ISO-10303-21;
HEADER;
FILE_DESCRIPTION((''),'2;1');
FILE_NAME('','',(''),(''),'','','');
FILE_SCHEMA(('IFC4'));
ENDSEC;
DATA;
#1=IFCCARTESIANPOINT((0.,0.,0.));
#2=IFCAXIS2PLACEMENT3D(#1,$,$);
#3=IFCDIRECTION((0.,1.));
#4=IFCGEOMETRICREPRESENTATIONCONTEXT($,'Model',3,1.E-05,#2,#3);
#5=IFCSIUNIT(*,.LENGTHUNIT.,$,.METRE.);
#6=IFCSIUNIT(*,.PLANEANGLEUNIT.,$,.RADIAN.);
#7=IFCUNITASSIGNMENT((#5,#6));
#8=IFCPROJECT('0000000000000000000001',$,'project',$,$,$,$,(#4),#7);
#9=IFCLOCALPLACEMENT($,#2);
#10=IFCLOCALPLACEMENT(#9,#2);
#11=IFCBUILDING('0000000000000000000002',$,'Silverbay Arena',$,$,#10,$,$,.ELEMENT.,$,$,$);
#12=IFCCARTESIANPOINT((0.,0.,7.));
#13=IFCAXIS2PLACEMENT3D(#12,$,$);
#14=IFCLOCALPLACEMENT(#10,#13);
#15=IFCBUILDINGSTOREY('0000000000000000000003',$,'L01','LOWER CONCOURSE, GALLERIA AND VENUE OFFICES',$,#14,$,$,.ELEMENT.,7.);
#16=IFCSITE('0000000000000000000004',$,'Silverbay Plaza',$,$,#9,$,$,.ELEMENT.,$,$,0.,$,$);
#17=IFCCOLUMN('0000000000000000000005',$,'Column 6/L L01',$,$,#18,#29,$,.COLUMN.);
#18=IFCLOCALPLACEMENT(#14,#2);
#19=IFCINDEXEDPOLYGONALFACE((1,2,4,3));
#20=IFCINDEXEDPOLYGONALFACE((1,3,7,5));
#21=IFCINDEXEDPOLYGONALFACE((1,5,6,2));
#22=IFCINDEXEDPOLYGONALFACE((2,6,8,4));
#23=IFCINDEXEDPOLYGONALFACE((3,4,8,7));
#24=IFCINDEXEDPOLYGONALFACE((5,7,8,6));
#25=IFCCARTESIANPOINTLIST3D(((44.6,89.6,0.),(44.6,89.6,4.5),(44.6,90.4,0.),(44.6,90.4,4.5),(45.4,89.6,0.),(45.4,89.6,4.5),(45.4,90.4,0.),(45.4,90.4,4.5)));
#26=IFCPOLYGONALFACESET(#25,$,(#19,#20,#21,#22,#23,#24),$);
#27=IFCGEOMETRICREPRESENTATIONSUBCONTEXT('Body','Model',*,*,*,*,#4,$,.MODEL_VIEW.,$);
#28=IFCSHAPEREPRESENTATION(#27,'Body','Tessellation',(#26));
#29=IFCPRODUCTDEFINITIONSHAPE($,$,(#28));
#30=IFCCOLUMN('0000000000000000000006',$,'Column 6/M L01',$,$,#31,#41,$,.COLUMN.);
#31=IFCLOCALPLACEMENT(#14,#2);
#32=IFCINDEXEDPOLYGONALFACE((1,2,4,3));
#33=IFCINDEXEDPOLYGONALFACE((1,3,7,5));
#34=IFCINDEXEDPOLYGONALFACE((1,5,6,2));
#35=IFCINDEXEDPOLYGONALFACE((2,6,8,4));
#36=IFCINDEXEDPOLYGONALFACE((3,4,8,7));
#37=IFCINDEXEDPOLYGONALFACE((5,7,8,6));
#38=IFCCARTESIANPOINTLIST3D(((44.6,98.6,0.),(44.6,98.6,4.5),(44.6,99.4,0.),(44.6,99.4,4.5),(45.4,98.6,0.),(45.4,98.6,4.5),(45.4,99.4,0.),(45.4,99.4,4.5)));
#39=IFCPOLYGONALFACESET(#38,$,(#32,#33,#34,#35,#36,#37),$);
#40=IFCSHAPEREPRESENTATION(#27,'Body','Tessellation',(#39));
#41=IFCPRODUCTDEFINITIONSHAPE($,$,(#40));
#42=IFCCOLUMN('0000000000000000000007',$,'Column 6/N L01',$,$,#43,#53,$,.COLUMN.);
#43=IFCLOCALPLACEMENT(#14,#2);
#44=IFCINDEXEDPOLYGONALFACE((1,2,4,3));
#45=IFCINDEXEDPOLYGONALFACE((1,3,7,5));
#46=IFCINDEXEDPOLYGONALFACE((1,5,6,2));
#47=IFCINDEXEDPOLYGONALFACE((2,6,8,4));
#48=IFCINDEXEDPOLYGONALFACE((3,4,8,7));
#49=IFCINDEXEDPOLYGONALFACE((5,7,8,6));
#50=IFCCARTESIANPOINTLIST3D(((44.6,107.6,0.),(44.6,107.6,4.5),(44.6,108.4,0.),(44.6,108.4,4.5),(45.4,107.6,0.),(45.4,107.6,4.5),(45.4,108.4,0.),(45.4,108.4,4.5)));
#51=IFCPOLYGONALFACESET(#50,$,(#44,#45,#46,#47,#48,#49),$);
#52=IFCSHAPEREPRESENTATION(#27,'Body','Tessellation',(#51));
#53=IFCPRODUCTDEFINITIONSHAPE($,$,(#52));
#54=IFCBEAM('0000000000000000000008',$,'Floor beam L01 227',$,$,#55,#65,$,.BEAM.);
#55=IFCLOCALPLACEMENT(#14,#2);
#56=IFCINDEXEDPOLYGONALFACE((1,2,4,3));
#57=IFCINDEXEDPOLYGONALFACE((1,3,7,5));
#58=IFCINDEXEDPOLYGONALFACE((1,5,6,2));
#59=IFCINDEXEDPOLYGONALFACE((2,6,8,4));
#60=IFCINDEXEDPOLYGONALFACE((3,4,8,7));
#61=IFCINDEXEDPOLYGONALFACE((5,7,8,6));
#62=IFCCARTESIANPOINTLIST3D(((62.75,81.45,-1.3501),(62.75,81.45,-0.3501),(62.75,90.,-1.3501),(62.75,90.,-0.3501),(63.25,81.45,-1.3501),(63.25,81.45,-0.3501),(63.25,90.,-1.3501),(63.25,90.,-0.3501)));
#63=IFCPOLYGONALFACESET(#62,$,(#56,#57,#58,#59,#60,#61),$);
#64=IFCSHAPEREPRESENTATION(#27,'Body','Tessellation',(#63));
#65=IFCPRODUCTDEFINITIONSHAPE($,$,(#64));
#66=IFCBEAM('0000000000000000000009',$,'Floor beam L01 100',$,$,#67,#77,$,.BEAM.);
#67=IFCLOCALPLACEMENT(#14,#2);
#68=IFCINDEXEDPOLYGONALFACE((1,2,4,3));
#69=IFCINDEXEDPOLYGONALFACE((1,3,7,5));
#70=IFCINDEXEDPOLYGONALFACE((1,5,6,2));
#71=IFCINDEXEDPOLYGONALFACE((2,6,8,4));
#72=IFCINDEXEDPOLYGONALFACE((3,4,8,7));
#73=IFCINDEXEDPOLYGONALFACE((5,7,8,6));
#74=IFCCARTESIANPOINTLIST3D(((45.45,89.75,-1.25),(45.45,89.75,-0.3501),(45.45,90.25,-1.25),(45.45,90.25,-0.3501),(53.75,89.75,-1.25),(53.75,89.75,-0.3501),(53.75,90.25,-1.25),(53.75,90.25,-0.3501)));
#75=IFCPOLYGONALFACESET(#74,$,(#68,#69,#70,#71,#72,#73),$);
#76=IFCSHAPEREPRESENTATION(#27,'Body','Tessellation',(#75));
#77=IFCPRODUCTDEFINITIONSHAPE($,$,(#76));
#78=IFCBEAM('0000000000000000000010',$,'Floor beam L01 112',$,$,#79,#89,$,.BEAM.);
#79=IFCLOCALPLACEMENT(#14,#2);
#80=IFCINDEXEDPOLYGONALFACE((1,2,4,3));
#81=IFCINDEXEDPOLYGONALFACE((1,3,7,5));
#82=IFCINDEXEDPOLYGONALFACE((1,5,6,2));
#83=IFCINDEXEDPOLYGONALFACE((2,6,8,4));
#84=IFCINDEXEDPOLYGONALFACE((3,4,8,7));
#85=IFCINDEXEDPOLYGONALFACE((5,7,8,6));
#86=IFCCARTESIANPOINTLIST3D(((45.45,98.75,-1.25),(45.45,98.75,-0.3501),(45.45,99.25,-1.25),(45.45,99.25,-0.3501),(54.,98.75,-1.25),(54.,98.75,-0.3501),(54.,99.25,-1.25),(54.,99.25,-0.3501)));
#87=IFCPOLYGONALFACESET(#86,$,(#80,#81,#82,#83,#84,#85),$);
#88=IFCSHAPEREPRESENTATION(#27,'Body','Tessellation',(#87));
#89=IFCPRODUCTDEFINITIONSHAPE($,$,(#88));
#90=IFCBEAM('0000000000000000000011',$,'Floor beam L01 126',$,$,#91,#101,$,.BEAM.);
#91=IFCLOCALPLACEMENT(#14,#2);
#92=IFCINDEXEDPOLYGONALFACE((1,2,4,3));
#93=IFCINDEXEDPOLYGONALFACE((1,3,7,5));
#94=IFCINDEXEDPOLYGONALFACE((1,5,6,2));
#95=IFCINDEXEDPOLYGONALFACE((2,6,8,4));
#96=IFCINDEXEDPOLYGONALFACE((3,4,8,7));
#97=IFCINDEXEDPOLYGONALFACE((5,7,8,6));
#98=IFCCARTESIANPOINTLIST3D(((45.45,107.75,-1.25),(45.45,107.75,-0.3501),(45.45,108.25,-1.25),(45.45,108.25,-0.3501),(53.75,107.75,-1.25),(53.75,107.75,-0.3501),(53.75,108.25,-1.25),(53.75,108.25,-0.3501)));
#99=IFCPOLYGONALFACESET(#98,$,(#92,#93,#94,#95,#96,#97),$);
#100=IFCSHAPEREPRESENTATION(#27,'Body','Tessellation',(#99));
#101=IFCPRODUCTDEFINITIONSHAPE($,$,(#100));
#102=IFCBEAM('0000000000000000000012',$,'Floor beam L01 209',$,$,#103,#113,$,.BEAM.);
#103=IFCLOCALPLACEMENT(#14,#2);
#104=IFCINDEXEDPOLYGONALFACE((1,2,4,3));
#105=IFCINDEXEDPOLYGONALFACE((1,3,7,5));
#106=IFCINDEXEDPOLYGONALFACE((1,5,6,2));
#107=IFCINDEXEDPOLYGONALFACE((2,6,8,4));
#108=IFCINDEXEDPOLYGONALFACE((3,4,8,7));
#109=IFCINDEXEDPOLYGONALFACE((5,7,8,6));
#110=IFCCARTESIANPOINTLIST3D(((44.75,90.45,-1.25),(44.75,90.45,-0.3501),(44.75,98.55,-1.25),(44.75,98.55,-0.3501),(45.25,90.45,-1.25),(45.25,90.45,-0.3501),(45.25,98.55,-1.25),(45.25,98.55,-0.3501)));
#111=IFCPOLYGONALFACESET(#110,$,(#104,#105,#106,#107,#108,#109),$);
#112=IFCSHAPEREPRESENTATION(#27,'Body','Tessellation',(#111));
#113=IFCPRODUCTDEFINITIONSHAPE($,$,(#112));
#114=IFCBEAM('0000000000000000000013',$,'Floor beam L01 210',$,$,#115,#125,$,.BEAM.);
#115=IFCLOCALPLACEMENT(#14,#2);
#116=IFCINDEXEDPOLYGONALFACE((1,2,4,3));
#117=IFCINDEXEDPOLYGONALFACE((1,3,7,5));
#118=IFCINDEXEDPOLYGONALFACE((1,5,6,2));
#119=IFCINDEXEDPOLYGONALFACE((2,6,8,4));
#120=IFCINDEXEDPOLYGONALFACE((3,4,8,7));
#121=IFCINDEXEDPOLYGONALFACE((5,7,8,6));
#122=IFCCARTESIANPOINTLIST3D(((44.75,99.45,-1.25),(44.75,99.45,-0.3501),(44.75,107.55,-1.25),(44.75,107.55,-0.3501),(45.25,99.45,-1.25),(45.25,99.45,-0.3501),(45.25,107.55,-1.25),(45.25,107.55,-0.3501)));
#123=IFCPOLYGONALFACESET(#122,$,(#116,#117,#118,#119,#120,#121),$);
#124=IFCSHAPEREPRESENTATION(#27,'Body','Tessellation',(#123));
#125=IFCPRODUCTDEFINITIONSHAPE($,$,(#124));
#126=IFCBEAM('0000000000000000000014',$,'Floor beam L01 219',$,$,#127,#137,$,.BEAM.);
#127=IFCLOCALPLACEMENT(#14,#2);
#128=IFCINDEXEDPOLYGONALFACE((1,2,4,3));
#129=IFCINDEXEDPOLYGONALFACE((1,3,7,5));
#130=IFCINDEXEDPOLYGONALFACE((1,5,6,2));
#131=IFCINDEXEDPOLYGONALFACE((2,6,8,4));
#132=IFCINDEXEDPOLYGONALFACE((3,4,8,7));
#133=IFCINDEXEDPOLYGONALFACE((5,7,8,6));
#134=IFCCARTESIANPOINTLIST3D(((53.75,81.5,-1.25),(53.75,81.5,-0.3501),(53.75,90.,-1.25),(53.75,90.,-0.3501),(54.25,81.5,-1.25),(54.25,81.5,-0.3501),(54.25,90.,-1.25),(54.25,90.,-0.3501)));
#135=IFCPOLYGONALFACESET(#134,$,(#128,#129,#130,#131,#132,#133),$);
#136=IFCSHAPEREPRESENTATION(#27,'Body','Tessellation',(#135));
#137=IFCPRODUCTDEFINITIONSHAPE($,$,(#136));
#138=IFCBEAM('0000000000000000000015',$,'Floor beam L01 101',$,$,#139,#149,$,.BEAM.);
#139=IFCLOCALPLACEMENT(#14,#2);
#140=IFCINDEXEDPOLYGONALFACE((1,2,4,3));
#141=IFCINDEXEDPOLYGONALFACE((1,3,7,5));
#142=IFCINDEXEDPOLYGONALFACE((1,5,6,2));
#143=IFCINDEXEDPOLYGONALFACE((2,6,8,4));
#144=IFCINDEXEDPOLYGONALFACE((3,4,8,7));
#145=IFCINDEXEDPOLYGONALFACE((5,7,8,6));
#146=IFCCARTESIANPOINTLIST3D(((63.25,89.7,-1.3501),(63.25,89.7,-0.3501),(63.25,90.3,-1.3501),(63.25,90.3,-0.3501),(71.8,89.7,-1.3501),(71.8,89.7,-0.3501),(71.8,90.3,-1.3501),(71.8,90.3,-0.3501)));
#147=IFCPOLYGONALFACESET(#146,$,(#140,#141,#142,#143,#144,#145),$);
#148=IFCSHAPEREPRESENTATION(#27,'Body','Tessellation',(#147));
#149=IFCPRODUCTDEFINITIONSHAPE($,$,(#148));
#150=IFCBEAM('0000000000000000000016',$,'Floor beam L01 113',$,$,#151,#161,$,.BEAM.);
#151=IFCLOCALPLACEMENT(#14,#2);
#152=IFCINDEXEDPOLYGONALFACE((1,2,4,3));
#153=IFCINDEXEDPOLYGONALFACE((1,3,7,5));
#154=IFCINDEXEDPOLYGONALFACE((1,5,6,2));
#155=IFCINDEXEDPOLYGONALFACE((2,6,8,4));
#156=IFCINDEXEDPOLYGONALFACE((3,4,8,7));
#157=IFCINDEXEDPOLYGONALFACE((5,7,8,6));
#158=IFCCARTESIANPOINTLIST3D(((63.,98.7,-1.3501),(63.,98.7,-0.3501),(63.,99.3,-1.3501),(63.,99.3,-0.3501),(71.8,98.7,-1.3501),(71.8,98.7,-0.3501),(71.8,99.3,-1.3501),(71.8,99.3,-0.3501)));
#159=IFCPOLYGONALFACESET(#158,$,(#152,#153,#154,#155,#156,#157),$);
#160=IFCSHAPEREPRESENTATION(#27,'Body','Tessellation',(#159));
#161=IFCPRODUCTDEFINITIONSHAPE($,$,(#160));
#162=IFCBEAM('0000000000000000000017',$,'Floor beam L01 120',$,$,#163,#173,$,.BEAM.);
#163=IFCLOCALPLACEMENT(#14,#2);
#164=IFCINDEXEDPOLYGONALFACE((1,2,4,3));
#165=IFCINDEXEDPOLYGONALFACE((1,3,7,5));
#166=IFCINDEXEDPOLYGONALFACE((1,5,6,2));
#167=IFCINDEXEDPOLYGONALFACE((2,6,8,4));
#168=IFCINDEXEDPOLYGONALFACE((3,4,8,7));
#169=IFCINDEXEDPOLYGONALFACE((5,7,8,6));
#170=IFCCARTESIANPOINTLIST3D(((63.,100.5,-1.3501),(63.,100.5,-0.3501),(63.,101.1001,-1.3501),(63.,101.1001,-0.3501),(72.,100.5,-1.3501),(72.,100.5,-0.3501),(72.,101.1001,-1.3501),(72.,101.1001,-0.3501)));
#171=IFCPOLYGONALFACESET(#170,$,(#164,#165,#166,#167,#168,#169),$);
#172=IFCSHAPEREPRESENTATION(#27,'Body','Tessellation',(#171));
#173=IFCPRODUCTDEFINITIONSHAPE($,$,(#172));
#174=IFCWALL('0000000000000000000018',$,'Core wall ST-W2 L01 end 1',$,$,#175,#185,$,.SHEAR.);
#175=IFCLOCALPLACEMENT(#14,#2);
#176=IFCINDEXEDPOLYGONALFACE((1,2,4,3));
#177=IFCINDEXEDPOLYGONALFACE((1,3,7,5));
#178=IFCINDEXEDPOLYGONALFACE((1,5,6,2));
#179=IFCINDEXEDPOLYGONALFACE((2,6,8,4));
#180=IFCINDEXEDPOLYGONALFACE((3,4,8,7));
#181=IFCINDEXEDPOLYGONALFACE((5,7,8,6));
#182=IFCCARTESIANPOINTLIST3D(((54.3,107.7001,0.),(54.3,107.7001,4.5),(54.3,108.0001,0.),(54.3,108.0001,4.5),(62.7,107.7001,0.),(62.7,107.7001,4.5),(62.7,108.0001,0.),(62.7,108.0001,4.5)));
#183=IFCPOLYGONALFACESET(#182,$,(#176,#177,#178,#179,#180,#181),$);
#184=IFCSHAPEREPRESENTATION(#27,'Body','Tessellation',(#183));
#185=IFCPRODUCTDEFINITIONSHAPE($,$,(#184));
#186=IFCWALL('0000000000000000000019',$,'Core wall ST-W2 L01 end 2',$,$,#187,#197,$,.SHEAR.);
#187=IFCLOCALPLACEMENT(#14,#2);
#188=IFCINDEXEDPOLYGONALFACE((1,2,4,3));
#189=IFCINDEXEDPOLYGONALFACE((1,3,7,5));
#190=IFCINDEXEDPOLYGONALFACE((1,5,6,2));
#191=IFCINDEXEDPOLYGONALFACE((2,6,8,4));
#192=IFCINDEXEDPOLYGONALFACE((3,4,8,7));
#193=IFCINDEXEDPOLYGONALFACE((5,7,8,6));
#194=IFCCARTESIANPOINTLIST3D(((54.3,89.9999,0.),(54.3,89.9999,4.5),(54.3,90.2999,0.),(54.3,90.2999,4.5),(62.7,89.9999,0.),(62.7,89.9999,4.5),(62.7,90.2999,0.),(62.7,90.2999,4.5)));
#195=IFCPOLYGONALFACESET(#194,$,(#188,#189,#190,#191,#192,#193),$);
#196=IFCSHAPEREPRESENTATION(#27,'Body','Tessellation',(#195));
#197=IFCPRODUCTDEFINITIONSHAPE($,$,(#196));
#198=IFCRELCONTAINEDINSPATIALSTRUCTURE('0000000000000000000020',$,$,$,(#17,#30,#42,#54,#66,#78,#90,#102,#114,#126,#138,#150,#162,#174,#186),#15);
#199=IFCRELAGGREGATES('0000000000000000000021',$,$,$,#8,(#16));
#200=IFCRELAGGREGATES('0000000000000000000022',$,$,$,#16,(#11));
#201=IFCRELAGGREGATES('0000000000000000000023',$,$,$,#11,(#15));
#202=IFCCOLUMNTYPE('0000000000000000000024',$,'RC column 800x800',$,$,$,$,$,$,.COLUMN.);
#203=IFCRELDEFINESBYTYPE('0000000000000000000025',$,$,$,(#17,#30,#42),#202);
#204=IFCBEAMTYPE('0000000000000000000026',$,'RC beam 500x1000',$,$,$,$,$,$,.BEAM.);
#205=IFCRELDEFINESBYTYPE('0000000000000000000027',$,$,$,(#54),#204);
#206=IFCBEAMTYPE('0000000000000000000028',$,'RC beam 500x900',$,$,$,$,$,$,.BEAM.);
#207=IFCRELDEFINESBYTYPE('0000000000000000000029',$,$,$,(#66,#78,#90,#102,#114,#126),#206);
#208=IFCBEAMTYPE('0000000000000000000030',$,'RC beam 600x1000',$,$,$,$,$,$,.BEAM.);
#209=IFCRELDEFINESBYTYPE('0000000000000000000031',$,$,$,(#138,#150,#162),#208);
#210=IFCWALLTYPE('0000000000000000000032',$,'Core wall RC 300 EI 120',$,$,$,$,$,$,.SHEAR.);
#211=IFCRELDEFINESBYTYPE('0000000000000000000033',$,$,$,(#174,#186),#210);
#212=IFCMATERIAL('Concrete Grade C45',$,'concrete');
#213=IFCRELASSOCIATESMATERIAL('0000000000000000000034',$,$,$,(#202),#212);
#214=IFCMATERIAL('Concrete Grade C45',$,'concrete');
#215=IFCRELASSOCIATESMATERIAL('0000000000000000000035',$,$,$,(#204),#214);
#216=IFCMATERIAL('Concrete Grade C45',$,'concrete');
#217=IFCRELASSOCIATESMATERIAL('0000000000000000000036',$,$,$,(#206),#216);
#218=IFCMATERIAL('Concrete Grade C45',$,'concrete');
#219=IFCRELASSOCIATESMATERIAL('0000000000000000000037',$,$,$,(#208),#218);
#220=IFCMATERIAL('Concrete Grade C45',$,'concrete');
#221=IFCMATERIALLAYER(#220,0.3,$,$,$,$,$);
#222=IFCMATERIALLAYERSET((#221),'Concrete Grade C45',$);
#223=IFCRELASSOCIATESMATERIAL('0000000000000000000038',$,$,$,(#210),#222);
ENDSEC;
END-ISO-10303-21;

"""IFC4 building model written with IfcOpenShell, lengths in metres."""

from ifc_helpers import new_model, si_unit, direction, frame, frame_2d, origin, origin_2d, place, context, subcontext, project, spatial, rectangle, extrude, material, layer, layer_set, material_profile, profile_set, type_object, element, save


model = new_model("IFC4")

# Units and contexts
model_context = context("Model", 3, precision=1e-05, world=origin(), true_north=direction((0.0, 1.0)))
body_context = subcontext(model_context, "Body", "Model", "MODEL_VIEW")
ifc_project = project(units=[si_unit("LENGTHUNIT", "METRE"), si_unit("PLANEANGLEUNIT", "RADIAN")], contexts=[model_context])

# Site, building, storey
site_placement = place(None, origin())
site = spatial("IfcSite", under=ifc_project, at=site_placement, Name="Silverbay Plaza", CompositionType="ELEMENT", RefElevation=0.0)
building_placement = place(site_placement, origin())
building = spatial("IfcBuilding", under=site, at=building_placement, Name="Silverbay Arena", CompositionType="ELEMENT")
storey_placement = place(building_placement, frame((0.0, 0.0, 7.0)))
storey = spatial("IfcBuildingStorey", under=building, at=storey_placement, Name="L01", Description="LOWER CONCOURSE, GALLERIA AND VENUE OFFICES", CompositionType="ELEMENT", Elevation=7.0)

# Columns
ifc_material_1 = material(Name="Concrete Grade C45", Category="concrete")
ifc_material_profile_1 = material_profile(ifc_material_1, rectangle(XDim=0.8, YDim=0.8, at=origin_2d()), Name="RC 800x800")
ifc_profile_set_1 = profile_set([ifc_material_profile_1], Name="Concrete Grade C45")
column_type = type_object("IfcColumnType", Name="RC column 800x800", PredefinedType="COLUMN", material=ifc_profile_set_1)
for number, where, z_axis, x_axis, name in (
    (1, (45.0, 90.0, 0.0), (0.0, 0.0, 1.0), (1.0, 0.0, 0.0), "Column 6/L L01"),
    (2, (45.0, 99.0, 0.0), (0.0, 0.0, 1.0), (1.0, 0.0, 0.0), "Column 6/M L01"),
    (3, (45.0, 108.0, 0.0), (0.0, 0.0, 1.0), (1.0, 0.0, 0.0), "Column 6/N L01"),
):
    element("IfcColumn", number, at=place(storey_placement, frame(where, z_axis=z_axis, x_axis=x_axis)), inside=storey, type_object=column_type, Name=name, PredefinedType="COLUMN", context=body_context, shape_type="SweptSolid", body=[
        extrude(rectangle(XDim=0.8, YDim=0.8, at=origin_2d()), origin(), (0.0, 0.0, 1.0), 4.5),
    ])

# Beams
ifc_material_2 = material(Name="Concrete Grade C45", Category="concrete")
ifc_material_profile_2 = material_profile(ifc_material_2, rectangle(XDim=0.5, YDim=1.0, at=origin_2d()), Name="RC 500x1000")
ifc_profile_set_2 = profile_set([ifc_material_profile_2], Name="Concrete Grade C45")
beam_type_1 = type_object("IfcBeamType", Name="RC beam 500x1000", PredefinedType="BEAM", material=ifc_profile_set_2)
beam_1_placement = place(storey_placement, frame((63.0, 81.45, -0.8501), z_axis=(0.0, 1.0, 0.0), x_axis=(-1.0, 0.0, 0.0)))
element("IfcBeam", 4, at=beam_1_placement, inside=storey, type_object=beam_type_1, Name="Floor beam L01 227", PredefinedType="BEAM", context=body_context, shape_type="SweptSolid", body=[
    extrude(rectangle(XDim=0.5, YDim=1.0, at=origin_2d()), origin(), (0.0, 0.0, 1.0), 8.55),
])
ifc_material_3 = material(Name="Concrete Grade C45", Category="concrete")
ifc_material_profile_3 = material_profile(ifc_material_3, rectangle(XDim=0.5, YDim=0.8999, at=origin_2d()), Name="RC 500x900")
ifc_profile_set_3 = profile_set([ifc_material_profile_3], Name="Concrete Grade C45")
beam_type_2 = type_object("IfcBeamType", Name="RC beam 500x900", PredefinedType="BEAM", material=ifc_profile_set_3)
beam_2_placement = place(storey_placement, frame((45.45, 90.0, -0.8), z_axis=(1.0, 0.0, 0.0), x_axis=(0.0, 1.0, 0.0)))
element("IfcBeam", 5, at=beam_2_placement, inside=storey, type_object=beam_type_2, Name="Floor beam L01 100", PredefinedType="BEAM", context=body_context, shape_type="SweptSolid", body=[
    extrude(rectangle(XDim=0.5, YDim=0.8999, at=origin_2d()), origin(), (0.0, 0.0, 1.0), 8.3),
])
beam_3_placement = place(storey_placement, frame((45.45, 99.0, -0.8), z_axis=(1.0, 0.0, 0.0), x_axis=(0.0, 1.0, 0.0)))
element("IfcBeam", 6, at=beam_3_placement, inside=storey, type_object=beam_type_2, Name="Floor beam L01 112", PredefinedType="BEAM", context=body_context, shape_type="SweptSolid", body=[
    extrude(rectangle(XDim=0.5, YDim=0.8999, at=origin_2d()), origin(), (0.0, 0.0, 1.0), 8.55),
])
beam_4_placement = place(storey_placement, frame((45.45, 108.0, -0.8), z_axis=(1.0, 0.0, 0.0), x_axis=(0.0, 1.0, 0.0)))
element("IfcBeam", 7, at=beam_4_placement, inside=storey, type_object=beam_type_2, Name="Floor beam L01 126", PredefinedType="BEAM", context=body_context, shape_type="SweptSolid", body=[
    extrude(rectangle(XDim=0.5, YDim=0.8999, at=origin_2d()), origin(), (0.0, 0.0, 1.0), 8.3),
])
for number, where, z_axis, x_axis, name in (
    (8, (45.0, 90.45, -0.8), (0.0, 1.0, 0.0), (-1.0, 0.0, 0.0), "Floor beam L01 209"),
    (9, (45.0, 99.45, -0.8), (0.0, 1.0, 0.0), (-1.0, 0.0, 0.0), "Floor beam L01 210"),
):
    element("IfcBeam", number, at=place(storey_placement, frame(where, z_axis=z_axis, x_axis=x_axis)), inside=storey, type_object=beam_type_2, Name=name, PredefinedType="BEAM", context=body_context, shape_type="SweptSolid", body=[
        extrude(rectangle(XDim=0.5, YDim=0.8999, at=origin_2d()), origin(), (0.0, 0.0, 1.0), 8.1001),
    ])
beam_5_placement = place(storey_placement, frame((54.0, 81.5, -0.8), z_axis=(0.0, 1.0, 0.0), x_axis=(-1.0, 0.0, 0.0)))
element("IfcBeam", 10, at=beam_5_placement, inside=storey, type_object=beam_type_2, Name="Floor beam L01 219", PredefinedType="BEAM", context=body_context, shape_type="SweptSolid", body=[
    extrude(rectangle(XDim=0.5, YDim=0.8999, at=origin_2d()), origin(), (0.0, 0.0, 1.0), 8.5),
])
ifc_material_4 = material(Name="Concrete Grade C45", Category="concrete")
ifc_material_profile_4 = material_profile(ifc_material_4, rectangle(XDim=0.6001, YDim=1.0, at=origin_2d()), Name="RC 600x1000")
ifc_profile_set_4 = profile_set([ifc_material_profile_4], Name="Concrete Grade C45")
beam_type_3 = type_object("IfcBeamType", Name="RC beam 600x1000", PredefinedType="BEAM", material=ifc_profile_set_4)
beam_6_placement = place(storey_placement, frame((63.25, 90.0, -0.8501), z_axis=(1.0, 0.0, 0.0), x_axis=(0.0, 1.0, 0.0)))
element("IfcBeam", 11, at=beam_6_placement, inside=storey, type_object=beam_type_3, Name="Floor beam L01 101", PredefinedType="BEAM", context=body_context, shape_type="SweptSolid", body=[
    extrude(rectangle(XDim=0.6001, YDim=1.0, at=origin_2d()), origin(), (0.0, 0.0, 1.0), 8.55),
])
beam_7_placement = place(storey_placement, frame((63.0, 99.0, -0.8501), z_axis=(1.0, 0.0, 0.0), x_axis=(0.0, 1.0, 0.0)))
element("IfcBeam", 12, at=beam_7_placement, inside=storey, type_object=beam_type_3, Name="Floor beam L01 113", PredefinedType="BEAM", context=body_context, shape_type="SweptSolid", body=[
    extrude(rectangle(XDim=0.6001, YDim=1.0, at=origin_2d()), origin(), (0.0, 0.0, 1.0), 8.8),
])
beam_8_placement = place(storey_placement, frame((63.0, 100.8, -0.8501), z_axis=(1.0, 0.0, 0.0), x_axis=(0.0, 1.0, 0.0)))
element("IfcBeam", 13, at=beam_8_placement, inside=storey, type_object=beam_type_3, Name="Floor beam L01 120", PredefinedType="BEAM", context=body_context, shape_type="SweptSolid", body=[
    extrude(rectangle(XDim=0.6001, YDim=1.0, at=origin_2d()), origin(), (0.0, 0.0, 1.0), 9.0),
])

# Walls
ifc_material_5 = material(Name="Concrete Grade C45", Category="concrete")
ifc_layer_1 = layer(ifc_material_5, 0.3)
ifc_layer_set_1 = layer_set([ifc_layer_1], Name="Concrete Grade C45")
wall_type_1 = type_object("IfcWallType", Name="Core wall RC 300 EI 120", PredefinedType="SHEAR", material=ifc_layer_set_1)
for number, where, z_axis, x_axis, name in (
    (14, (62.7, 107.8501, 0.0), (0.0, 0.0, 1.0), (-1.0, 0.0, 0.0), "Core wall ST-W2 L01 end 1"),
    (15, (62.7, 90.1499, 0.0), (0.0, 0.0, 1.0), (-1.0, 0.0, 0.0), "Core wall ST-W2 L01 end 2"),
):
    element("IfcWall", number, at=place(storey_placement, frame(where, z_axis=z_axis, x_axis=x_axis)), inside=storey, type_object=wall_type_1, Name=name, PredefinedType="SHEAR", context=body_context, shape_type="SweptSolid", body=[
        extrude(rectangle(XDim=8.3999, YDim=0.3, at=frame_2d((4.2, 0.0))), origin(), (0.0, 0.0, 1.0), 4.5),
    ])

save(model, "model.ifc")
